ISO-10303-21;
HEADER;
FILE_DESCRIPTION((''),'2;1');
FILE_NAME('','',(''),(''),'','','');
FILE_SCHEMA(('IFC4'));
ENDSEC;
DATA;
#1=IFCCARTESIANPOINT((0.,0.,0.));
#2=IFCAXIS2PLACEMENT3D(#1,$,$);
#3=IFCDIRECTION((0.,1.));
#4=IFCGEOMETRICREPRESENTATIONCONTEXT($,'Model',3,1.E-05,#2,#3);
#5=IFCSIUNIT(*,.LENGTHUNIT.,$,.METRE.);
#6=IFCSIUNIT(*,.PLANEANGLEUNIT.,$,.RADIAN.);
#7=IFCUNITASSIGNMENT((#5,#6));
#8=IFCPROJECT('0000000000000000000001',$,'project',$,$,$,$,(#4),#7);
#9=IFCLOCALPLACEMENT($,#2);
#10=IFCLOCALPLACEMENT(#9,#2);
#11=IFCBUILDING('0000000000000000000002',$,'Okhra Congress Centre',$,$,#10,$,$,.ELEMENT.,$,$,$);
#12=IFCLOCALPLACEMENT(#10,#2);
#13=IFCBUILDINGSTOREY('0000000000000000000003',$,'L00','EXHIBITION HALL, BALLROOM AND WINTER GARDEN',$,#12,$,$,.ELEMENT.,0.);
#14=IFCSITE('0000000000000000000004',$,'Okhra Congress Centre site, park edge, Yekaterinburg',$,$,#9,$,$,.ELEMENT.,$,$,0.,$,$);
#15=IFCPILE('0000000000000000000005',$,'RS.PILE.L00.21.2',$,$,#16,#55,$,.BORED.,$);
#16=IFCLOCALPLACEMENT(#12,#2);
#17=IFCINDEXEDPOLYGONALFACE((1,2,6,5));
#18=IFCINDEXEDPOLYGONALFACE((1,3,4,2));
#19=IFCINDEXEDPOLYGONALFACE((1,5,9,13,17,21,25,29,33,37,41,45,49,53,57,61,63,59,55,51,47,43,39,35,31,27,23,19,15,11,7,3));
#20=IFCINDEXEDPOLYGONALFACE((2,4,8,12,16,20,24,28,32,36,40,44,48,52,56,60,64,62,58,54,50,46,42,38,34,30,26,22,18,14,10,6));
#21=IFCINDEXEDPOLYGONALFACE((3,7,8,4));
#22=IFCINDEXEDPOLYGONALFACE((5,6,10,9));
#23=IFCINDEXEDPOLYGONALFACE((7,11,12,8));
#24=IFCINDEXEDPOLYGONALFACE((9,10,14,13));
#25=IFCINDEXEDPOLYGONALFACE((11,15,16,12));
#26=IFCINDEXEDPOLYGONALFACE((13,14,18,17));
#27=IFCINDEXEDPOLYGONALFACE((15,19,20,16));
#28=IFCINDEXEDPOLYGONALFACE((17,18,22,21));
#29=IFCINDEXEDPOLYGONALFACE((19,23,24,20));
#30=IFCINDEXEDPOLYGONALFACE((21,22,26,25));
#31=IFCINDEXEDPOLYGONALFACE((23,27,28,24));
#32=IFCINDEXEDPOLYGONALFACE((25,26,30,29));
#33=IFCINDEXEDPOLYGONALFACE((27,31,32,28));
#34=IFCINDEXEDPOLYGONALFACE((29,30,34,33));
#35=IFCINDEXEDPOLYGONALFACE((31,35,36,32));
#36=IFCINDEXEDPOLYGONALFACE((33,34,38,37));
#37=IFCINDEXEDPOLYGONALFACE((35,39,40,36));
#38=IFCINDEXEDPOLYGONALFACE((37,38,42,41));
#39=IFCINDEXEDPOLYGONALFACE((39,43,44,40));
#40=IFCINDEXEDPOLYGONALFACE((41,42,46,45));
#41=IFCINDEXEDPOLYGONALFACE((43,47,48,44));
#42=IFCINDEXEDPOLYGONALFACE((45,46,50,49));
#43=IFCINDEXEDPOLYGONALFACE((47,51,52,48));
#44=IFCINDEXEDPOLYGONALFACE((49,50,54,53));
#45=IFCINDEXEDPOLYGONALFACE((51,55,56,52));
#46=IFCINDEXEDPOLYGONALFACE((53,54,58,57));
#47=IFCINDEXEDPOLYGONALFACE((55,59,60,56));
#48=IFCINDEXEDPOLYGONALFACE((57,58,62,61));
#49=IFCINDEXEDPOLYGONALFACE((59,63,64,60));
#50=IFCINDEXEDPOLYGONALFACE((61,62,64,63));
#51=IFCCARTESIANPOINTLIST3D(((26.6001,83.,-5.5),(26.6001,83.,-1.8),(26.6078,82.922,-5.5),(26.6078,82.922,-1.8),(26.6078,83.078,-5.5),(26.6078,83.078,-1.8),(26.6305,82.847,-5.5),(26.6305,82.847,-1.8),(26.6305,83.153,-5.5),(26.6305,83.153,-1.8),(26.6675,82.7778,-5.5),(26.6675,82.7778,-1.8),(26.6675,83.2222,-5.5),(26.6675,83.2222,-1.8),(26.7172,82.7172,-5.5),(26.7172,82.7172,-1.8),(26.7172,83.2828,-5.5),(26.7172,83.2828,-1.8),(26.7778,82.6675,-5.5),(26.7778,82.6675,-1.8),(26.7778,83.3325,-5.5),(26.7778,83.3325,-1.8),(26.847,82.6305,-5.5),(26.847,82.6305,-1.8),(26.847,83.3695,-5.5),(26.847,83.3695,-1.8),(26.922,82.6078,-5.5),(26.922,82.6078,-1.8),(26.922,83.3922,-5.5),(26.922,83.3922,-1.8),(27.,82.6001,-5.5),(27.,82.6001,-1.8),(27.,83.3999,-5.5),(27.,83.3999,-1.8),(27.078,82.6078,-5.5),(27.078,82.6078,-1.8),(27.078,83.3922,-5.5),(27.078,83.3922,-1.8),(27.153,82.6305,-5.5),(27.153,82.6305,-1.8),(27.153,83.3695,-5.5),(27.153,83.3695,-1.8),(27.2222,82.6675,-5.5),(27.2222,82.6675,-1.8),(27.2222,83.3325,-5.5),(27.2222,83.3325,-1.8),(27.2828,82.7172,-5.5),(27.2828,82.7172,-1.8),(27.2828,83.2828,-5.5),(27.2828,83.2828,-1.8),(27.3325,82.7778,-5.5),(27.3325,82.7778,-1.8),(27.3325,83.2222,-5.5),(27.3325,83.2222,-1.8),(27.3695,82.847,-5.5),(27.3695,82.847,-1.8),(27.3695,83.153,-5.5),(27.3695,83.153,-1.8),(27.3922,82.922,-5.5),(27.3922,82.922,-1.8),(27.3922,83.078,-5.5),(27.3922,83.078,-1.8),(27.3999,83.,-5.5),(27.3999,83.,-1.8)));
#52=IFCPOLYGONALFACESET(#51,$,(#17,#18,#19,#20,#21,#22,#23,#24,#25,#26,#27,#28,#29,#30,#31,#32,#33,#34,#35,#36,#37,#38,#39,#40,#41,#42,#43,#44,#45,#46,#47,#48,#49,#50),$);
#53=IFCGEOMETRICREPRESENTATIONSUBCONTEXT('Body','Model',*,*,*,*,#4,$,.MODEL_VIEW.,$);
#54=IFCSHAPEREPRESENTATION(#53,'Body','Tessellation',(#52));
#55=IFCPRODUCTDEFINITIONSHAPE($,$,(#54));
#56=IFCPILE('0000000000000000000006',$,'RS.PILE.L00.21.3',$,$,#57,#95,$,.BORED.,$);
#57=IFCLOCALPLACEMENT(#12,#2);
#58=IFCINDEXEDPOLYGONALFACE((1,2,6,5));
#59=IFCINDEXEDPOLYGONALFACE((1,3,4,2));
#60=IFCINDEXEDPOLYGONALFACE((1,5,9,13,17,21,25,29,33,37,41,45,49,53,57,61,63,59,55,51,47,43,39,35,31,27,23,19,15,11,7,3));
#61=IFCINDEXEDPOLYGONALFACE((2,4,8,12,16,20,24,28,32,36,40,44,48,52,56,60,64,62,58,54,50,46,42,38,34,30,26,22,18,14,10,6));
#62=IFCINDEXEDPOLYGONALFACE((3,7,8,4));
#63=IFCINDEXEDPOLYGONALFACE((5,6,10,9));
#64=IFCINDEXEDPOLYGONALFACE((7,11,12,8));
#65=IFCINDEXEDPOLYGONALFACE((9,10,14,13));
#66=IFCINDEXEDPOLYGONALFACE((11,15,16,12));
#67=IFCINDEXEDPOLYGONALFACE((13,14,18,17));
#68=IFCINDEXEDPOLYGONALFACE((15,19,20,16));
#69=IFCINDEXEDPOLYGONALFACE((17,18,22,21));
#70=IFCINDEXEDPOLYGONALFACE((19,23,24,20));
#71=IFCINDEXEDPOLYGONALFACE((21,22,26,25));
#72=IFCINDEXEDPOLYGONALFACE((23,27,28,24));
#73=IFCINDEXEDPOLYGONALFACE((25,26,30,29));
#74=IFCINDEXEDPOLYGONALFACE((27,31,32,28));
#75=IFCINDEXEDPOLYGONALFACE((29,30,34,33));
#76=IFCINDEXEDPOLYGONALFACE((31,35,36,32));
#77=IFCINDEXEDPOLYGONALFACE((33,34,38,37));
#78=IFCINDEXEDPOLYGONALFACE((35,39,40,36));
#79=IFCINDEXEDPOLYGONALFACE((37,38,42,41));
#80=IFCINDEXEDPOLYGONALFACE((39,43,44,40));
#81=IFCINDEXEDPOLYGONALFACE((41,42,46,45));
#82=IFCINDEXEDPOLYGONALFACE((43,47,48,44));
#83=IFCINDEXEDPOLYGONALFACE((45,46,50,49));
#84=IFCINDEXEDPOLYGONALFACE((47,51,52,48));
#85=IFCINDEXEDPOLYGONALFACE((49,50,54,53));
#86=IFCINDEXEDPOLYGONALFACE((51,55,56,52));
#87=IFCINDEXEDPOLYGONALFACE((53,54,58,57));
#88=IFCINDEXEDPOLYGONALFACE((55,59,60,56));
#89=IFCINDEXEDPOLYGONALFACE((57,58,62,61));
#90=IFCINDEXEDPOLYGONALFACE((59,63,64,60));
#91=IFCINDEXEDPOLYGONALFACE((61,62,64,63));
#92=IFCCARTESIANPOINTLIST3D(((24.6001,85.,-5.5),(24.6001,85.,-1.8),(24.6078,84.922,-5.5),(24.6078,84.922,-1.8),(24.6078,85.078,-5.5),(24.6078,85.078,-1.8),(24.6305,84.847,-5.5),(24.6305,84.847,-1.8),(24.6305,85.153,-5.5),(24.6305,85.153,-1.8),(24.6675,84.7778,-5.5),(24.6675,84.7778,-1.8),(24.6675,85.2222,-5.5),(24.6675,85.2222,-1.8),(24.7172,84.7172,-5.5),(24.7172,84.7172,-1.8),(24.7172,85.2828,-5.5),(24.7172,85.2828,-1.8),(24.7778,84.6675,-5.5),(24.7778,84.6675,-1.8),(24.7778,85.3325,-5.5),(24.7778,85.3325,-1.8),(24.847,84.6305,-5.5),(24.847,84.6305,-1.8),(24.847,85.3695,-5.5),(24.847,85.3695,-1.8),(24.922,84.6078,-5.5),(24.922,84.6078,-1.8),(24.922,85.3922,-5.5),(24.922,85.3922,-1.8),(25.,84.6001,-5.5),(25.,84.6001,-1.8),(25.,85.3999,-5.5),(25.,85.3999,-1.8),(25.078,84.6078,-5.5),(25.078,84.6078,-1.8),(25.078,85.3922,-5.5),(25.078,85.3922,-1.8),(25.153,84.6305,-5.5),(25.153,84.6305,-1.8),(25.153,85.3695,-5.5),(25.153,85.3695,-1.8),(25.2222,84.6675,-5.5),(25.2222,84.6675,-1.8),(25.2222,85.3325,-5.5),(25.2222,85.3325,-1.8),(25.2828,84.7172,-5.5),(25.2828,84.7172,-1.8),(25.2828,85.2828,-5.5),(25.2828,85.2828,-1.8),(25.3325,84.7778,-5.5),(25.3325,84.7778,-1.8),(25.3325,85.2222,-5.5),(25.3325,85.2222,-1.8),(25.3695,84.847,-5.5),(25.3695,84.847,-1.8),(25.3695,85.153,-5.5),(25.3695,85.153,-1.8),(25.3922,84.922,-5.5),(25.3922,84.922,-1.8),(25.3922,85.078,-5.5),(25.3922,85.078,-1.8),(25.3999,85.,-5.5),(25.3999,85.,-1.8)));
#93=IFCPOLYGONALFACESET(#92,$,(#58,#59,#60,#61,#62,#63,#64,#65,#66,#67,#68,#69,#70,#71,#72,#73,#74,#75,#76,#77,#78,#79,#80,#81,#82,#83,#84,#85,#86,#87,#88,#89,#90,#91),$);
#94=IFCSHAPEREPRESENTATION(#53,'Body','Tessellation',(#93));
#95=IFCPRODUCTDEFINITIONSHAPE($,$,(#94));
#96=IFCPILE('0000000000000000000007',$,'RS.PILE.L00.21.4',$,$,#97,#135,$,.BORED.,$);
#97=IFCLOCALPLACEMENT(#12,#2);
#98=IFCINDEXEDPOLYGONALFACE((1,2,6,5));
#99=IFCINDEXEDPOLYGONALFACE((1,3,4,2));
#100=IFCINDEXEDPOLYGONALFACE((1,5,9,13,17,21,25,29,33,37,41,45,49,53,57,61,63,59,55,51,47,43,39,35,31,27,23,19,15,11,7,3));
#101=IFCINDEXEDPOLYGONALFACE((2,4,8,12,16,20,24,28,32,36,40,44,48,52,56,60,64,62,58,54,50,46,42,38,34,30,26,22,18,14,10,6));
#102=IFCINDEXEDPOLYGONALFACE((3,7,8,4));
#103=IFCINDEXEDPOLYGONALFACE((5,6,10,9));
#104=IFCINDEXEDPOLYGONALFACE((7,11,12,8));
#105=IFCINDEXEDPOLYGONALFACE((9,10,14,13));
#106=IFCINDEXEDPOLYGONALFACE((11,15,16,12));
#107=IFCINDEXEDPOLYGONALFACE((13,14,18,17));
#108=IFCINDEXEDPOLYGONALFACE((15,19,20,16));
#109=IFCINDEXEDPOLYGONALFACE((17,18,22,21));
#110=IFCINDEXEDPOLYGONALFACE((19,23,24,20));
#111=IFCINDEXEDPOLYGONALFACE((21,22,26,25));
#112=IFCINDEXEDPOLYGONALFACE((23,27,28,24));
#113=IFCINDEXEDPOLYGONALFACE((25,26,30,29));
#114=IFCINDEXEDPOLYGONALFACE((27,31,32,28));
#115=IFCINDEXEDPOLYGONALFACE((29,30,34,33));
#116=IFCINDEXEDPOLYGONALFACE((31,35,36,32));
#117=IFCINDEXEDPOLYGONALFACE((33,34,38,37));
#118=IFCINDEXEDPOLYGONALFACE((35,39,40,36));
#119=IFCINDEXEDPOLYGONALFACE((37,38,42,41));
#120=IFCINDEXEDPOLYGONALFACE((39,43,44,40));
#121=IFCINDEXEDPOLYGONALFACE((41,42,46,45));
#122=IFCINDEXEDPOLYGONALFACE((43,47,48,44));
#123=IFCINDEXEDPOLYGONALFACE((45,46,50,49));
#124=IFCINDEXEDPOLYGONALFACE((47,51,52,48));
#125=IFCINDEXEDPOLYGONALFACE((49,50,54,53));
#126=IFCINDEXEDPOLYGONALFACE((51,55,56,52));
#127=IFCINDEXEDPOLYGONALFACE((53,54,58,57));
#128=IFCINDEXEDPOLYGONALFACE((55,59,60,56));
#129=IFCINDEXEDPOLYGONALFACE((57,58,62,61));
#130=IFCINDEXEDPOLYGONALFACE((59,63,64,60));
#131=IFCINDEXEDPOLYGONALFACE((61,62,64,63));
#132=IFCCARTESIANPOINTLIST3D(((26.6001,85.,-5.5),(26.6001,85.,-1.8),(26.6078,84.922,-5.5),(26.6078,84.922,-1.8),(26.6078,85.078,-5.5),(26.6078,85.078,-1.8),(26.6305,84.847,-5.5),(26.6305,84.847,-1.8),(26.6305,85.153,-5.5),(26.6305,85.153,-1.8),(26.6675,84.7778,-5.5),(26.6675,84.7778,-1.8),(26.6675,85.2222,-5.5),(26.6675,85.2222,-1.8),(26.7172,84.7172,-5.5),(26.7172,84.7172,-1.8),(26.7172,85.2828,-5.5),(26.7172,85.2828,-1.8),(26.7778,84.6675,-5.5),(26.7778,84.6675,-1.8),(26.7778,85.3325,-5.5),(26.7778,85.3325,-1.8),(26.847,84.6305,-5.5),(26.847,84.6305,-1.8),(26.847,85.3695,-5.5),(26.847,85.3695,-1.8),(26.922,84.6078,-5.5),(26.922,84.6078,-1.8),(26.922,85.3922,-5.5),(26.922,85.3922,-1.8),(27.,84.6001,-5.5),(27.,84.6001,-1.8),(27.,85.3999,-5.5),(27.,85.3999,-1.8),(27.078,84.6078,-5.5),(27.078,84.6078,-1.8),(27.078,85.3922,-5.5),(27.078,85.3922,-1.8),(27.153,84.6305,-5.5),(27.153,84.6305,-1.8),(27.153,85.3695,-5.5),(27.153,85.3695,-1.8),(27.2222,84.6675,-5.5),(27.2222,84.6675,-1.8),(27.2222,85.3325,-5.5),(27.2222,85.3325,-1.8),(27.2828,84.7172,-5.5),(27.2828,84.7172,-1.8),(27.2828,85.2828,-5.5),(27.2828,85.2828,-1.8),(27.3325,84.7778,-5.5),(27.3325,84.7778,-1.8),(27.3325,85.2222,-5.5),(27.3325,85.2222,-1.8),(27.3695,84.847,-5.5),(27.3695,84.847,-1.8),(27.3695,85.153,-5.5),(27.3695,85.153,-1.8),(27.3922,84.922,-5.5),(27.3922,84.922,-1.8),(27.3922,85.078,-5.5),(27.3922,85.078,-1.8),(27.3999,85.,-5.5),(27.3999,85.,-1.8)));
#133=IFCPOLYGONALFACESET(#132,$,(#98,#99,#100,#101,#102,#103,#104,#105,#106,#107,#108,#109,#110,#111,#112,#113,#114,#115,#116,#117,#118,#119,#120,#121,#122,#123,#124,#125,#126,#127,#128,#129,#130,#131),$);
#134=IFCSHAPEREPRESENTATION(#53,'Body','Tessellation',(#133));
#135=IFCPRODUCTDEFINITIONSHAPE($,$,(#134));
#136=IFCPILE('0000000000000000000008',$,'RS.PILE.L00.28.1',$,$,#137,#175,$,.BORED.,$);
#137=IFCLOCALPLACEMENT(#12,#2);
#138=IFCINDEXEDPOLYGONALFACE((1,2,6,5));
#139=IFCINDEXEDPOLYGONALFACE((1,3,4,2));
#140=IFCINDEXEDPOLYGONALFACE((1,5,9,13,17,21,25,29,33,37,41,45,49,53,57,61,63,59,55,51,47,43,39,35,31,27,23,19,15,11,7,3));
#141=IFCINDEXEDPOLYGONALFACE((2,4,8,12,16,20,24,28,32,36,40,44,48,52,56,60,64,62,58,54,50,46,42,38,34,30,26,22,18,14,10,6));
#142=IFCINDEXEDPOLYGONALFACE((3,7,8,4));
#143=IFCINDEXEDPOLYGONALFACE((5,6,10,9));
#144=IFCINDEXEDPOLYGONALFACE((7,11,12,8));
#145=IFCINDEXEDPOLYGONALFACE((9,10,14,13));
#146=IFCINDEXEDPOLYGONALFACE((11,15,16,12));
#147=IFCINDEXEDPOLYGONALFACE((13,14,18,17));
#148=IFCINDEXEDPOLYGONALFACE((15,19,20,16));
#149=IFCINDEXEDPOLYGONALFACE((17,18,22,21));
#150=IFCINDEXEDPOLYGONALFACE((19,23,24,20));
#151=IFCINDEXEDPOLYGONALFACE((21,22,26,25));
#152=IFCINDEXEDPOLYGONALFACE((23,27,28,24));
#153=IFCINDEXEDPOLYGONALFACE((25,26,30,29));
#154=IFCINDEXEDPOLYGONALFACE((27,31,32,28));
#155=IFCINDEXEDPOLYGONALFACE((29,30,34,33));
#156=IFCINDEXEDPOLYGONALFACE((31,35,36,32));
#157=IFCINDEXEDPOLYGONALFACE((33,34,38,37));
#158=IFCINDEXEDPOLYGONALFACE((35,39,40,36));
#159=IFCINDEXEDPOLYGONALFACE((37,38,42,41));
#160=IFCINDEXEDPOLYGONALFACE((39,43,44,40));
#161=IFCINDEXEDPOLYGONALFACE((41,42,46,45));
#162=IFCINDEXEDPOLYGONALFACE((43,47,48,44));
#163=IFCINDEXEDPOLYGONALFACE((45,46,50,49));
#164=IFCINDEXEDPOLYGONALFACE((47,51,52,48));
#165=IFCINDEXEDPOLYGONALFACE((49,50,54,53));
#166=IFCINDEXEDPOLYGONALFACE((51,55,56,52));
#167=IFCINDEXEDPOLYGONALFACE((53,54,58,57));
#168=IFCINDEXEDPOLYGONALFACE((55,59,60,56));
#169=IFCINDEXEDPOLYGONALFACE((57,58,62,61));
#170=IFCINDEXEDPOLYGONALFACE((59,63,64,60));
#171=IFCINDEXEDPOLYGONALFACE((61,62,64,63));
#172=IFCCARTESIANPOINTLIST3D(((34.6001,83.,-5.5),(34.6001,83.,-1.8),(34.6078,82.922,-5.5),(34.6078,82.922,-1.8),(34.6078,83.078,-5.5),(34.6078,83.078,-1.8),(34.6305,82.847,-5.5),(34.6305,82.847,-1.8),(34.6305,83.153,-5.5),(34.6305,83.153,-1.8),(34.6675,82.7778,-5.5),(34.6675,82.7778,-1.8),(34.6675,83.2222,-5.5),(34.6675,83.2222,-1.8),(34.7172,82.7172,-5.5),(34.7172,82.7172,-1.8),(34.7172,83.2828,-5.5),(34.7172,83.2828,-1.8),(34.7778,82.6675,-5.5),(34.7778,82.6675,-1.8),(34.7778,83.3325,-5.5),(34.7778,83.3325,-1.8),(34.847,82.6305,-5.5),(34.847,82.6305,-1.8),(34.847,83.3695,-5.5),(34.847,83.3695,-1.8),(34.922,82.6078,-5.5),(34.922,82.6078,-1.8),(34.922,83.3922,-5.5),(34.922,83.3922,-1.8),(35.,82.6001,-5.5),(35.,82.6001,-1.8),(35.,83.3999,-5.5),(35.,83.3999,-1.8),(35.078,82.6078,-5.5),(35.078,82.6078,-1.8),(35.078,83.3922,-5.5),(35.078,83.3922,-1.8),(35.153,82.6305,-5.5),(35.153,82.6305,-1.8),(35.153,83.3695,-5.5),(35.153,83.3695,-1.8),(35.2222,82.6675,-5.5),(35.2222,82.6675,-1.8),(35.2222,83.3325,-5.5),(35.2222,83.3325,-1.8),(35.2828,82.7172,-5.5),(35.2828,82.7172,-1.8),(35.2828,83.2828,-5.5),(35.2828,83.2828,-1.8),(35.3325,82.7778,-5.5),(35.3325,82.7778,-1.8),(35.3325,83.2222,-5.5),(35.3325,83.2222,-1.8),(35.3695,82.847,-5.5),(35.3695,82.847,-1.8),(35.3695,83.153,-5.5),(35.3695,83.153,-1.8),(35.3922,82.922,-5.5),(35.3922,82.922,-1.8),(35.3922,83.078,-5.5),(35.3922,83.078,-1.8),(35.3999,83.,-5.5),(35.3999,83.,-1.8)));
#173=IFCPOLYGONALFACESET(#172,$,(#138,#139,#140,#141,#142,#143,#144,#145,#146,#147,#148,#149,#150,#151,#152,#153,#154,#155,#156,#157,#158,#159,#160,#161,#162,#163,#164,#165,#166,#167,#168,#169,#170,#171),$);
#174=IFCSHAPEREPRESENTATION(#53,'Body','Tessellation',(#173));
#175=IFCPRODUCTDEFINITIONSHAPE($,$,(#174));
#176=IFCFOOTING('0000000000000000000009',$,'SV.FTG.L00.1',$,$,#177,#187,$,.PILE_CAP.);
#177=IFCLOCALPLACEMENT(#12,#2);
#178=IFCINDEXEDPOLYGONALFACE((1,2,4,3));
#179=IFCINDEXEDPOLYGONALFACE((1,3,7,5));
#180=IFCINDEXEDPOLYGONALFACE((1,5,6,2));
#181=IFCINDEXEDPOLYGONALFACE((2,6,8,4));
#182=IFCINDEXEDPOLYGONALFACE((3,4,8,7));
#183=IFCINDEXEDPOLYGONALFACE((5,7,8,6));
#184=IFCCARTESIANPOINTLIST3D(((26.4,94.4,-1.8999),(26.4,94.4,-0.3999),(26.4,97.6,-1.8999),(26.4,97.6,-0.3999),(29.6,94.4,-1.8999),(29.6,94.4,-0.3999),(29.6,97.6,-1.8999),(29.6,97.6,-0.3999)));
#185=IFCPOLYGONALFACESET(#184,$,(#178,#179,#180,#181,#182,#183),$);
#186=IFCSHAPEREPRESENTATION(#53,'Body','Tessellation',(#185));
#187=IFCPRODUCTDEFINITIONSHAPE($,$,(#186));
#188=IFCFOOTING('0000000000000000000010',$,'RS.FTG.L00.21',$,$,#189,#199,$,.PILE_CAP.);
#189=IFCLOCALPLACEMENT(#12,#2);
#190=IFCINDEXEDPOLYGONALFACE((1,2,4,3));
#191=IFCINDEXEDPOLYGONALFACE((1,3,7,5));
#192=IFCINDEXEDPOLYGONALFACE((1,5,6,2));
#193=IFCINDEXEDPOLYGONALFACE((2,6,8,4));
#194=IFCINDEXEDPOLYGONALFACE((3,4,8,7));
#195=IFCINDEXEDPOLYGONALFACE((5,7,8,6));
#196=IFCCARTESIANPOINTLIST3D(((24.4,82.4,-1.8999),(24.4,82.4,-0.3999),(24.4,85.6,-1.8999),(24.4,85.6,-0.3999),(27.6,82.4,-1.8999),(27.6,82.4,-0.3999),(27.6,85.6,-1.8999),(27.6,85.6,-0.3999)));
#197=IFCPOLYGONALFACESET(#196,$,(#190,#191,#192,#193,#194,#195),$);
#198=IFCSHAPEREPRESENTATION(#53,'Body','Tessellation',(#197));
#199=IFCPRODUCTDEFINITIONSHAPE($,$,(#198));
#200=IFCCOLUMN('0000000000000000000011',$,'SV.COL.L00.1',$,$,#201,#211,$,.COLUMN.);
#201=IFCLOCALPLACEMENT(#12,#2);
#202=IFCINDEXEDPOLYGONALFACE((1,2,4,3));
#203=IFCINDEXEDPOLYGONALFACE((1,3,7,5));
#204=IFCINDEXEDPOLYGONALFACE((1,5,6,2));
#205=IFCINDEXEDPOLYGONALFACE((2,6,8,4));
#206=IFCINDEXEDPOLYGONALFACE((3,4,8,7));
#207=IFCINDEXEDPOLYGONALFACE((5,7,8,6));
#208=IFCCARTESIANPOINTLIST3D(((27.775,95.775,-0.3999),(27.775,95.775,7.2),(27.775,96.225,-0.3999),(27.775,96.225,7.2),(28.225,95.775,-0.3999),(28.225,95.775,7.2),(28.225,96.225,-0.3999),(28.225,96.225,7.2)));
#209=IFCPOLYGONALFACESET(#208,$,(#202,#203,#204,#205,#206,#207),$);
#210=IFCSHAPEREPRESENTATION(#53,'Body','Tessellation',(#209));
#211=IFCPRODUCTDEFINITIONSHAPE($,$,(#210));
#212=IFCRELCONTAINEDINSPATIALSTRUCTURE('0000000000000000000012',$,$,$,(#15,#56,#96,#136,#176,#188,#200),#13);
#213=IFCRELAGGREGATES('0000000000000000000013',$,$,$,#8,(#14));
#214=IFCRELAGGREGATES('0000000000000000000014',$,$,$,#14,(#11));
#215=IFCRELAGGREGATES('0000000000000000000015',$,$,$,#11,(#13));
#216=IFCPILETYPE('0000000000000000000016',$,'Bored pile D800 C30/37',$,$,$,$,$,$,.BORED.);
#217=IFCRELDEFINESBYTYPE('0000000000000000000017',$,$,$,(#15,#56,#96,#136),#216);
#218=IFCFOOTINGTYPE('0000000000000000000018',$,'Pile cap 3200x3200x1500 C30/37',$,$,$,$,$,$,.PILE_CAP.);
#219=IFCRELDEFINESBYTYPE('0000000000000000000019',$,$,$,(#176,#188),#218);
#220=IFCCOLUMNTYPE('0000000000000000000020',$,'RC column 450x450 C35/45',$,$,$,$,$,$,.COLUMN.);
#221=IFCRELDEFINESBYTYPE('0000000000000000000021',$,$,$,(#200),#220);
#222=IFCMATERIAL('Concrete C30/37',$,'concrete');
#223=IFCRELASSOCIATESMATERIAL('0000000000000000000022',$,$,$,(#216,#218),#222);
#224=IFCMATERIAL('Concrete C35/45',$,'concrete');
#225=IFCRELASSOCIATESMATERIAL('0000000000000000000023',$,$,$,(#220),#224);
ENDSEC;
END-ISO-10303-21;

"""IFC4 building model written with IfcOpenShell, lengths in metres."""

from ifc_helpers import new_model, si_unit, direction, frame, origin, origin_2d, place, context, subcontext, project, spatial, rectangle, circle, extrude, material, material_profile, profile_set, type_object, element, save


model = new_model("IFC4")

# Units and contexts
model_context = context("Model", 3, precision=1e-05, world=origin(), true_north=direction((0.0, 1.0)))
body_context = subcontext(model_context, "Body", "Model", "MODEL_VIEW")
ifc_project = project(units=[si_unit("LENGTHUNIT", "METRE"), si_unit("PLANEANGLEUNIT", "RADIAN")], contexts=[model_context])

# Site, building, storey
site_placement = place(None, origin())
site = spatial("IfcSite", under=ifc_project, at=site_placement, Name="Okhra Congress Centre site, park edge, Yekaterinburg", CompositionType="ELEMENT", RefElevation=0.0)
building_placement = place(site_placement, origin())
building = spatial("IfcBuilding", under=site, at=building_placement, Name="Okhra Congress Centre", CompositionType="ELEMENT")
storey_placement = place(building_placement, origin())
storey = spatial("IfcBuildingStorey", under=building, at=storey_placement, Name="L00", Description="EXHIBITION HALL, BALLROOM AND WINTER GARDEN", CompositionType="ELEMENT", Elevation=0.0)

# Piles
ifc_material_1 = material(Name="Concrete C30/37", Category="concrete")
ifc_material_profile_1 = material_profile(ifc_material_1, circle(Radius=0.3999, at=origin_2d()), Name="D800")
ifc_profile_set_1 = profile_set([ifc_material_profile_1], Name="Concrete C30/37")
pile_type = type_object("IfcPileType", Name="Bored pile D800 C30/37", PredefinedType="BORED", material=ifc_profile_set_1)
for number, where, z_axis, x_axis, name in (
    (1, (27.0, 83.0, -1.8), (0.0, 0.0, -1.0), (1.0, 0.0, 0.0), "RS.PILE.L00.21.2"),
    (2, (25.0, 85.0, -1.8), (0.0, 0.0, -1.0), (1.0, 0.0, 0.0), "RS.PILE.L00.21.3"),
    (3, (27.0, 85.0, -1.8), (0.0, 0.0, -1.0), (1.0, 0.0, 0.0), "RS.PILE.L00.21.4"),
    (4, (35.0, 83.0, -1.8), (0.0, 0.0, -1.0), (1.0, 0.0, 0.0), "RS.PILE.L00.28.1"),
):
    element("IfcPile", number, at=place(storey_placement, frame(where, z_axis=z_axis, x_axis=x_axis)), inside=storey, type_object=pile_type, Name=name, PredefinedType="BORED", context=body_context, shape_type="SweptSolid", body=[
        extrude(circle(Radius=0.3999, at=origin_2d()), origin(), (0.0, 0.0, 1.0), 3.7),
    ])

# Footings
footing_type = type_object("IfcFootingType", Name="Pile cap 3200x3200x1500 C30/37", PredefinedType="PILE_CAP", material=ifc_material_1)
for number, where, z_axis, x_axis, name in (
    (5, (28.0, 96.0, -1.8999), (0.0, 0.0, 1.0), (1.0, 0.0, 0.0), "SV.FTG.L00.1"),
    (6, (26.0, 84.0, -1.8999), (0.0, 0.0, 1.0), (1.0, 0.0, 0.0), "RS.FTG.L00.21"),
):
    element("IfcFooting", number, at=place(storey_placement, frame(where, z_axis=z_axis, x_axis=x_axis)), inside=storey, type_object=footing_type, Name=name, PredefinedType="PILE_CAP", context=body_context, shape_type="SweptSolid", body=[
        extrude(rectangle(XDim=3.2, YDim=3.2, at=origin_2d()), origin(), (0.0, 0.0, 1.0), 1.5),
    ])

# Column
ifc_material_2 = material(Name="Concrete C35/45", Category="concrete")
ifc_material_profile_2 = material_profile(ifc_material_2, rectangle(XDim=0.45, YDim=0.45, at=origin_2d()), Name="RC 450x450")
ifc_profile_set_2 = profile_set([ifc_material_profile_2], Name="Concrete C35/45")
column_type = type_object("IfcColumnType", Name="RC column 450x450 C35/45", PredefinedType="COLUMN", material=ifc_profile_set_2)
for number, where, z_axis, x_axis, name in (
    (7, (28.0, 96.0, -0.3999), (0.0, 0.0, 1.0), (1.0, 0.0, 0.0), "SV.COL.L00.1"),
):
    element("IfcColumn", number, at=place(storey_placement, frame(where, z_axis=z_axis, x_axis=x_axis)), inside=storey, type_object=column_type, Name=name, PredefinedType="COLUMN", context=body_context, shape_type="SweptSolid", body=[
        extrude(rectangle(XDim=0.45, YDim=0.45, at=origin_2d()), origin(), (0.0, 0.0, 1.0), 7.5999),
    ])

save(model, "model.ifc")
